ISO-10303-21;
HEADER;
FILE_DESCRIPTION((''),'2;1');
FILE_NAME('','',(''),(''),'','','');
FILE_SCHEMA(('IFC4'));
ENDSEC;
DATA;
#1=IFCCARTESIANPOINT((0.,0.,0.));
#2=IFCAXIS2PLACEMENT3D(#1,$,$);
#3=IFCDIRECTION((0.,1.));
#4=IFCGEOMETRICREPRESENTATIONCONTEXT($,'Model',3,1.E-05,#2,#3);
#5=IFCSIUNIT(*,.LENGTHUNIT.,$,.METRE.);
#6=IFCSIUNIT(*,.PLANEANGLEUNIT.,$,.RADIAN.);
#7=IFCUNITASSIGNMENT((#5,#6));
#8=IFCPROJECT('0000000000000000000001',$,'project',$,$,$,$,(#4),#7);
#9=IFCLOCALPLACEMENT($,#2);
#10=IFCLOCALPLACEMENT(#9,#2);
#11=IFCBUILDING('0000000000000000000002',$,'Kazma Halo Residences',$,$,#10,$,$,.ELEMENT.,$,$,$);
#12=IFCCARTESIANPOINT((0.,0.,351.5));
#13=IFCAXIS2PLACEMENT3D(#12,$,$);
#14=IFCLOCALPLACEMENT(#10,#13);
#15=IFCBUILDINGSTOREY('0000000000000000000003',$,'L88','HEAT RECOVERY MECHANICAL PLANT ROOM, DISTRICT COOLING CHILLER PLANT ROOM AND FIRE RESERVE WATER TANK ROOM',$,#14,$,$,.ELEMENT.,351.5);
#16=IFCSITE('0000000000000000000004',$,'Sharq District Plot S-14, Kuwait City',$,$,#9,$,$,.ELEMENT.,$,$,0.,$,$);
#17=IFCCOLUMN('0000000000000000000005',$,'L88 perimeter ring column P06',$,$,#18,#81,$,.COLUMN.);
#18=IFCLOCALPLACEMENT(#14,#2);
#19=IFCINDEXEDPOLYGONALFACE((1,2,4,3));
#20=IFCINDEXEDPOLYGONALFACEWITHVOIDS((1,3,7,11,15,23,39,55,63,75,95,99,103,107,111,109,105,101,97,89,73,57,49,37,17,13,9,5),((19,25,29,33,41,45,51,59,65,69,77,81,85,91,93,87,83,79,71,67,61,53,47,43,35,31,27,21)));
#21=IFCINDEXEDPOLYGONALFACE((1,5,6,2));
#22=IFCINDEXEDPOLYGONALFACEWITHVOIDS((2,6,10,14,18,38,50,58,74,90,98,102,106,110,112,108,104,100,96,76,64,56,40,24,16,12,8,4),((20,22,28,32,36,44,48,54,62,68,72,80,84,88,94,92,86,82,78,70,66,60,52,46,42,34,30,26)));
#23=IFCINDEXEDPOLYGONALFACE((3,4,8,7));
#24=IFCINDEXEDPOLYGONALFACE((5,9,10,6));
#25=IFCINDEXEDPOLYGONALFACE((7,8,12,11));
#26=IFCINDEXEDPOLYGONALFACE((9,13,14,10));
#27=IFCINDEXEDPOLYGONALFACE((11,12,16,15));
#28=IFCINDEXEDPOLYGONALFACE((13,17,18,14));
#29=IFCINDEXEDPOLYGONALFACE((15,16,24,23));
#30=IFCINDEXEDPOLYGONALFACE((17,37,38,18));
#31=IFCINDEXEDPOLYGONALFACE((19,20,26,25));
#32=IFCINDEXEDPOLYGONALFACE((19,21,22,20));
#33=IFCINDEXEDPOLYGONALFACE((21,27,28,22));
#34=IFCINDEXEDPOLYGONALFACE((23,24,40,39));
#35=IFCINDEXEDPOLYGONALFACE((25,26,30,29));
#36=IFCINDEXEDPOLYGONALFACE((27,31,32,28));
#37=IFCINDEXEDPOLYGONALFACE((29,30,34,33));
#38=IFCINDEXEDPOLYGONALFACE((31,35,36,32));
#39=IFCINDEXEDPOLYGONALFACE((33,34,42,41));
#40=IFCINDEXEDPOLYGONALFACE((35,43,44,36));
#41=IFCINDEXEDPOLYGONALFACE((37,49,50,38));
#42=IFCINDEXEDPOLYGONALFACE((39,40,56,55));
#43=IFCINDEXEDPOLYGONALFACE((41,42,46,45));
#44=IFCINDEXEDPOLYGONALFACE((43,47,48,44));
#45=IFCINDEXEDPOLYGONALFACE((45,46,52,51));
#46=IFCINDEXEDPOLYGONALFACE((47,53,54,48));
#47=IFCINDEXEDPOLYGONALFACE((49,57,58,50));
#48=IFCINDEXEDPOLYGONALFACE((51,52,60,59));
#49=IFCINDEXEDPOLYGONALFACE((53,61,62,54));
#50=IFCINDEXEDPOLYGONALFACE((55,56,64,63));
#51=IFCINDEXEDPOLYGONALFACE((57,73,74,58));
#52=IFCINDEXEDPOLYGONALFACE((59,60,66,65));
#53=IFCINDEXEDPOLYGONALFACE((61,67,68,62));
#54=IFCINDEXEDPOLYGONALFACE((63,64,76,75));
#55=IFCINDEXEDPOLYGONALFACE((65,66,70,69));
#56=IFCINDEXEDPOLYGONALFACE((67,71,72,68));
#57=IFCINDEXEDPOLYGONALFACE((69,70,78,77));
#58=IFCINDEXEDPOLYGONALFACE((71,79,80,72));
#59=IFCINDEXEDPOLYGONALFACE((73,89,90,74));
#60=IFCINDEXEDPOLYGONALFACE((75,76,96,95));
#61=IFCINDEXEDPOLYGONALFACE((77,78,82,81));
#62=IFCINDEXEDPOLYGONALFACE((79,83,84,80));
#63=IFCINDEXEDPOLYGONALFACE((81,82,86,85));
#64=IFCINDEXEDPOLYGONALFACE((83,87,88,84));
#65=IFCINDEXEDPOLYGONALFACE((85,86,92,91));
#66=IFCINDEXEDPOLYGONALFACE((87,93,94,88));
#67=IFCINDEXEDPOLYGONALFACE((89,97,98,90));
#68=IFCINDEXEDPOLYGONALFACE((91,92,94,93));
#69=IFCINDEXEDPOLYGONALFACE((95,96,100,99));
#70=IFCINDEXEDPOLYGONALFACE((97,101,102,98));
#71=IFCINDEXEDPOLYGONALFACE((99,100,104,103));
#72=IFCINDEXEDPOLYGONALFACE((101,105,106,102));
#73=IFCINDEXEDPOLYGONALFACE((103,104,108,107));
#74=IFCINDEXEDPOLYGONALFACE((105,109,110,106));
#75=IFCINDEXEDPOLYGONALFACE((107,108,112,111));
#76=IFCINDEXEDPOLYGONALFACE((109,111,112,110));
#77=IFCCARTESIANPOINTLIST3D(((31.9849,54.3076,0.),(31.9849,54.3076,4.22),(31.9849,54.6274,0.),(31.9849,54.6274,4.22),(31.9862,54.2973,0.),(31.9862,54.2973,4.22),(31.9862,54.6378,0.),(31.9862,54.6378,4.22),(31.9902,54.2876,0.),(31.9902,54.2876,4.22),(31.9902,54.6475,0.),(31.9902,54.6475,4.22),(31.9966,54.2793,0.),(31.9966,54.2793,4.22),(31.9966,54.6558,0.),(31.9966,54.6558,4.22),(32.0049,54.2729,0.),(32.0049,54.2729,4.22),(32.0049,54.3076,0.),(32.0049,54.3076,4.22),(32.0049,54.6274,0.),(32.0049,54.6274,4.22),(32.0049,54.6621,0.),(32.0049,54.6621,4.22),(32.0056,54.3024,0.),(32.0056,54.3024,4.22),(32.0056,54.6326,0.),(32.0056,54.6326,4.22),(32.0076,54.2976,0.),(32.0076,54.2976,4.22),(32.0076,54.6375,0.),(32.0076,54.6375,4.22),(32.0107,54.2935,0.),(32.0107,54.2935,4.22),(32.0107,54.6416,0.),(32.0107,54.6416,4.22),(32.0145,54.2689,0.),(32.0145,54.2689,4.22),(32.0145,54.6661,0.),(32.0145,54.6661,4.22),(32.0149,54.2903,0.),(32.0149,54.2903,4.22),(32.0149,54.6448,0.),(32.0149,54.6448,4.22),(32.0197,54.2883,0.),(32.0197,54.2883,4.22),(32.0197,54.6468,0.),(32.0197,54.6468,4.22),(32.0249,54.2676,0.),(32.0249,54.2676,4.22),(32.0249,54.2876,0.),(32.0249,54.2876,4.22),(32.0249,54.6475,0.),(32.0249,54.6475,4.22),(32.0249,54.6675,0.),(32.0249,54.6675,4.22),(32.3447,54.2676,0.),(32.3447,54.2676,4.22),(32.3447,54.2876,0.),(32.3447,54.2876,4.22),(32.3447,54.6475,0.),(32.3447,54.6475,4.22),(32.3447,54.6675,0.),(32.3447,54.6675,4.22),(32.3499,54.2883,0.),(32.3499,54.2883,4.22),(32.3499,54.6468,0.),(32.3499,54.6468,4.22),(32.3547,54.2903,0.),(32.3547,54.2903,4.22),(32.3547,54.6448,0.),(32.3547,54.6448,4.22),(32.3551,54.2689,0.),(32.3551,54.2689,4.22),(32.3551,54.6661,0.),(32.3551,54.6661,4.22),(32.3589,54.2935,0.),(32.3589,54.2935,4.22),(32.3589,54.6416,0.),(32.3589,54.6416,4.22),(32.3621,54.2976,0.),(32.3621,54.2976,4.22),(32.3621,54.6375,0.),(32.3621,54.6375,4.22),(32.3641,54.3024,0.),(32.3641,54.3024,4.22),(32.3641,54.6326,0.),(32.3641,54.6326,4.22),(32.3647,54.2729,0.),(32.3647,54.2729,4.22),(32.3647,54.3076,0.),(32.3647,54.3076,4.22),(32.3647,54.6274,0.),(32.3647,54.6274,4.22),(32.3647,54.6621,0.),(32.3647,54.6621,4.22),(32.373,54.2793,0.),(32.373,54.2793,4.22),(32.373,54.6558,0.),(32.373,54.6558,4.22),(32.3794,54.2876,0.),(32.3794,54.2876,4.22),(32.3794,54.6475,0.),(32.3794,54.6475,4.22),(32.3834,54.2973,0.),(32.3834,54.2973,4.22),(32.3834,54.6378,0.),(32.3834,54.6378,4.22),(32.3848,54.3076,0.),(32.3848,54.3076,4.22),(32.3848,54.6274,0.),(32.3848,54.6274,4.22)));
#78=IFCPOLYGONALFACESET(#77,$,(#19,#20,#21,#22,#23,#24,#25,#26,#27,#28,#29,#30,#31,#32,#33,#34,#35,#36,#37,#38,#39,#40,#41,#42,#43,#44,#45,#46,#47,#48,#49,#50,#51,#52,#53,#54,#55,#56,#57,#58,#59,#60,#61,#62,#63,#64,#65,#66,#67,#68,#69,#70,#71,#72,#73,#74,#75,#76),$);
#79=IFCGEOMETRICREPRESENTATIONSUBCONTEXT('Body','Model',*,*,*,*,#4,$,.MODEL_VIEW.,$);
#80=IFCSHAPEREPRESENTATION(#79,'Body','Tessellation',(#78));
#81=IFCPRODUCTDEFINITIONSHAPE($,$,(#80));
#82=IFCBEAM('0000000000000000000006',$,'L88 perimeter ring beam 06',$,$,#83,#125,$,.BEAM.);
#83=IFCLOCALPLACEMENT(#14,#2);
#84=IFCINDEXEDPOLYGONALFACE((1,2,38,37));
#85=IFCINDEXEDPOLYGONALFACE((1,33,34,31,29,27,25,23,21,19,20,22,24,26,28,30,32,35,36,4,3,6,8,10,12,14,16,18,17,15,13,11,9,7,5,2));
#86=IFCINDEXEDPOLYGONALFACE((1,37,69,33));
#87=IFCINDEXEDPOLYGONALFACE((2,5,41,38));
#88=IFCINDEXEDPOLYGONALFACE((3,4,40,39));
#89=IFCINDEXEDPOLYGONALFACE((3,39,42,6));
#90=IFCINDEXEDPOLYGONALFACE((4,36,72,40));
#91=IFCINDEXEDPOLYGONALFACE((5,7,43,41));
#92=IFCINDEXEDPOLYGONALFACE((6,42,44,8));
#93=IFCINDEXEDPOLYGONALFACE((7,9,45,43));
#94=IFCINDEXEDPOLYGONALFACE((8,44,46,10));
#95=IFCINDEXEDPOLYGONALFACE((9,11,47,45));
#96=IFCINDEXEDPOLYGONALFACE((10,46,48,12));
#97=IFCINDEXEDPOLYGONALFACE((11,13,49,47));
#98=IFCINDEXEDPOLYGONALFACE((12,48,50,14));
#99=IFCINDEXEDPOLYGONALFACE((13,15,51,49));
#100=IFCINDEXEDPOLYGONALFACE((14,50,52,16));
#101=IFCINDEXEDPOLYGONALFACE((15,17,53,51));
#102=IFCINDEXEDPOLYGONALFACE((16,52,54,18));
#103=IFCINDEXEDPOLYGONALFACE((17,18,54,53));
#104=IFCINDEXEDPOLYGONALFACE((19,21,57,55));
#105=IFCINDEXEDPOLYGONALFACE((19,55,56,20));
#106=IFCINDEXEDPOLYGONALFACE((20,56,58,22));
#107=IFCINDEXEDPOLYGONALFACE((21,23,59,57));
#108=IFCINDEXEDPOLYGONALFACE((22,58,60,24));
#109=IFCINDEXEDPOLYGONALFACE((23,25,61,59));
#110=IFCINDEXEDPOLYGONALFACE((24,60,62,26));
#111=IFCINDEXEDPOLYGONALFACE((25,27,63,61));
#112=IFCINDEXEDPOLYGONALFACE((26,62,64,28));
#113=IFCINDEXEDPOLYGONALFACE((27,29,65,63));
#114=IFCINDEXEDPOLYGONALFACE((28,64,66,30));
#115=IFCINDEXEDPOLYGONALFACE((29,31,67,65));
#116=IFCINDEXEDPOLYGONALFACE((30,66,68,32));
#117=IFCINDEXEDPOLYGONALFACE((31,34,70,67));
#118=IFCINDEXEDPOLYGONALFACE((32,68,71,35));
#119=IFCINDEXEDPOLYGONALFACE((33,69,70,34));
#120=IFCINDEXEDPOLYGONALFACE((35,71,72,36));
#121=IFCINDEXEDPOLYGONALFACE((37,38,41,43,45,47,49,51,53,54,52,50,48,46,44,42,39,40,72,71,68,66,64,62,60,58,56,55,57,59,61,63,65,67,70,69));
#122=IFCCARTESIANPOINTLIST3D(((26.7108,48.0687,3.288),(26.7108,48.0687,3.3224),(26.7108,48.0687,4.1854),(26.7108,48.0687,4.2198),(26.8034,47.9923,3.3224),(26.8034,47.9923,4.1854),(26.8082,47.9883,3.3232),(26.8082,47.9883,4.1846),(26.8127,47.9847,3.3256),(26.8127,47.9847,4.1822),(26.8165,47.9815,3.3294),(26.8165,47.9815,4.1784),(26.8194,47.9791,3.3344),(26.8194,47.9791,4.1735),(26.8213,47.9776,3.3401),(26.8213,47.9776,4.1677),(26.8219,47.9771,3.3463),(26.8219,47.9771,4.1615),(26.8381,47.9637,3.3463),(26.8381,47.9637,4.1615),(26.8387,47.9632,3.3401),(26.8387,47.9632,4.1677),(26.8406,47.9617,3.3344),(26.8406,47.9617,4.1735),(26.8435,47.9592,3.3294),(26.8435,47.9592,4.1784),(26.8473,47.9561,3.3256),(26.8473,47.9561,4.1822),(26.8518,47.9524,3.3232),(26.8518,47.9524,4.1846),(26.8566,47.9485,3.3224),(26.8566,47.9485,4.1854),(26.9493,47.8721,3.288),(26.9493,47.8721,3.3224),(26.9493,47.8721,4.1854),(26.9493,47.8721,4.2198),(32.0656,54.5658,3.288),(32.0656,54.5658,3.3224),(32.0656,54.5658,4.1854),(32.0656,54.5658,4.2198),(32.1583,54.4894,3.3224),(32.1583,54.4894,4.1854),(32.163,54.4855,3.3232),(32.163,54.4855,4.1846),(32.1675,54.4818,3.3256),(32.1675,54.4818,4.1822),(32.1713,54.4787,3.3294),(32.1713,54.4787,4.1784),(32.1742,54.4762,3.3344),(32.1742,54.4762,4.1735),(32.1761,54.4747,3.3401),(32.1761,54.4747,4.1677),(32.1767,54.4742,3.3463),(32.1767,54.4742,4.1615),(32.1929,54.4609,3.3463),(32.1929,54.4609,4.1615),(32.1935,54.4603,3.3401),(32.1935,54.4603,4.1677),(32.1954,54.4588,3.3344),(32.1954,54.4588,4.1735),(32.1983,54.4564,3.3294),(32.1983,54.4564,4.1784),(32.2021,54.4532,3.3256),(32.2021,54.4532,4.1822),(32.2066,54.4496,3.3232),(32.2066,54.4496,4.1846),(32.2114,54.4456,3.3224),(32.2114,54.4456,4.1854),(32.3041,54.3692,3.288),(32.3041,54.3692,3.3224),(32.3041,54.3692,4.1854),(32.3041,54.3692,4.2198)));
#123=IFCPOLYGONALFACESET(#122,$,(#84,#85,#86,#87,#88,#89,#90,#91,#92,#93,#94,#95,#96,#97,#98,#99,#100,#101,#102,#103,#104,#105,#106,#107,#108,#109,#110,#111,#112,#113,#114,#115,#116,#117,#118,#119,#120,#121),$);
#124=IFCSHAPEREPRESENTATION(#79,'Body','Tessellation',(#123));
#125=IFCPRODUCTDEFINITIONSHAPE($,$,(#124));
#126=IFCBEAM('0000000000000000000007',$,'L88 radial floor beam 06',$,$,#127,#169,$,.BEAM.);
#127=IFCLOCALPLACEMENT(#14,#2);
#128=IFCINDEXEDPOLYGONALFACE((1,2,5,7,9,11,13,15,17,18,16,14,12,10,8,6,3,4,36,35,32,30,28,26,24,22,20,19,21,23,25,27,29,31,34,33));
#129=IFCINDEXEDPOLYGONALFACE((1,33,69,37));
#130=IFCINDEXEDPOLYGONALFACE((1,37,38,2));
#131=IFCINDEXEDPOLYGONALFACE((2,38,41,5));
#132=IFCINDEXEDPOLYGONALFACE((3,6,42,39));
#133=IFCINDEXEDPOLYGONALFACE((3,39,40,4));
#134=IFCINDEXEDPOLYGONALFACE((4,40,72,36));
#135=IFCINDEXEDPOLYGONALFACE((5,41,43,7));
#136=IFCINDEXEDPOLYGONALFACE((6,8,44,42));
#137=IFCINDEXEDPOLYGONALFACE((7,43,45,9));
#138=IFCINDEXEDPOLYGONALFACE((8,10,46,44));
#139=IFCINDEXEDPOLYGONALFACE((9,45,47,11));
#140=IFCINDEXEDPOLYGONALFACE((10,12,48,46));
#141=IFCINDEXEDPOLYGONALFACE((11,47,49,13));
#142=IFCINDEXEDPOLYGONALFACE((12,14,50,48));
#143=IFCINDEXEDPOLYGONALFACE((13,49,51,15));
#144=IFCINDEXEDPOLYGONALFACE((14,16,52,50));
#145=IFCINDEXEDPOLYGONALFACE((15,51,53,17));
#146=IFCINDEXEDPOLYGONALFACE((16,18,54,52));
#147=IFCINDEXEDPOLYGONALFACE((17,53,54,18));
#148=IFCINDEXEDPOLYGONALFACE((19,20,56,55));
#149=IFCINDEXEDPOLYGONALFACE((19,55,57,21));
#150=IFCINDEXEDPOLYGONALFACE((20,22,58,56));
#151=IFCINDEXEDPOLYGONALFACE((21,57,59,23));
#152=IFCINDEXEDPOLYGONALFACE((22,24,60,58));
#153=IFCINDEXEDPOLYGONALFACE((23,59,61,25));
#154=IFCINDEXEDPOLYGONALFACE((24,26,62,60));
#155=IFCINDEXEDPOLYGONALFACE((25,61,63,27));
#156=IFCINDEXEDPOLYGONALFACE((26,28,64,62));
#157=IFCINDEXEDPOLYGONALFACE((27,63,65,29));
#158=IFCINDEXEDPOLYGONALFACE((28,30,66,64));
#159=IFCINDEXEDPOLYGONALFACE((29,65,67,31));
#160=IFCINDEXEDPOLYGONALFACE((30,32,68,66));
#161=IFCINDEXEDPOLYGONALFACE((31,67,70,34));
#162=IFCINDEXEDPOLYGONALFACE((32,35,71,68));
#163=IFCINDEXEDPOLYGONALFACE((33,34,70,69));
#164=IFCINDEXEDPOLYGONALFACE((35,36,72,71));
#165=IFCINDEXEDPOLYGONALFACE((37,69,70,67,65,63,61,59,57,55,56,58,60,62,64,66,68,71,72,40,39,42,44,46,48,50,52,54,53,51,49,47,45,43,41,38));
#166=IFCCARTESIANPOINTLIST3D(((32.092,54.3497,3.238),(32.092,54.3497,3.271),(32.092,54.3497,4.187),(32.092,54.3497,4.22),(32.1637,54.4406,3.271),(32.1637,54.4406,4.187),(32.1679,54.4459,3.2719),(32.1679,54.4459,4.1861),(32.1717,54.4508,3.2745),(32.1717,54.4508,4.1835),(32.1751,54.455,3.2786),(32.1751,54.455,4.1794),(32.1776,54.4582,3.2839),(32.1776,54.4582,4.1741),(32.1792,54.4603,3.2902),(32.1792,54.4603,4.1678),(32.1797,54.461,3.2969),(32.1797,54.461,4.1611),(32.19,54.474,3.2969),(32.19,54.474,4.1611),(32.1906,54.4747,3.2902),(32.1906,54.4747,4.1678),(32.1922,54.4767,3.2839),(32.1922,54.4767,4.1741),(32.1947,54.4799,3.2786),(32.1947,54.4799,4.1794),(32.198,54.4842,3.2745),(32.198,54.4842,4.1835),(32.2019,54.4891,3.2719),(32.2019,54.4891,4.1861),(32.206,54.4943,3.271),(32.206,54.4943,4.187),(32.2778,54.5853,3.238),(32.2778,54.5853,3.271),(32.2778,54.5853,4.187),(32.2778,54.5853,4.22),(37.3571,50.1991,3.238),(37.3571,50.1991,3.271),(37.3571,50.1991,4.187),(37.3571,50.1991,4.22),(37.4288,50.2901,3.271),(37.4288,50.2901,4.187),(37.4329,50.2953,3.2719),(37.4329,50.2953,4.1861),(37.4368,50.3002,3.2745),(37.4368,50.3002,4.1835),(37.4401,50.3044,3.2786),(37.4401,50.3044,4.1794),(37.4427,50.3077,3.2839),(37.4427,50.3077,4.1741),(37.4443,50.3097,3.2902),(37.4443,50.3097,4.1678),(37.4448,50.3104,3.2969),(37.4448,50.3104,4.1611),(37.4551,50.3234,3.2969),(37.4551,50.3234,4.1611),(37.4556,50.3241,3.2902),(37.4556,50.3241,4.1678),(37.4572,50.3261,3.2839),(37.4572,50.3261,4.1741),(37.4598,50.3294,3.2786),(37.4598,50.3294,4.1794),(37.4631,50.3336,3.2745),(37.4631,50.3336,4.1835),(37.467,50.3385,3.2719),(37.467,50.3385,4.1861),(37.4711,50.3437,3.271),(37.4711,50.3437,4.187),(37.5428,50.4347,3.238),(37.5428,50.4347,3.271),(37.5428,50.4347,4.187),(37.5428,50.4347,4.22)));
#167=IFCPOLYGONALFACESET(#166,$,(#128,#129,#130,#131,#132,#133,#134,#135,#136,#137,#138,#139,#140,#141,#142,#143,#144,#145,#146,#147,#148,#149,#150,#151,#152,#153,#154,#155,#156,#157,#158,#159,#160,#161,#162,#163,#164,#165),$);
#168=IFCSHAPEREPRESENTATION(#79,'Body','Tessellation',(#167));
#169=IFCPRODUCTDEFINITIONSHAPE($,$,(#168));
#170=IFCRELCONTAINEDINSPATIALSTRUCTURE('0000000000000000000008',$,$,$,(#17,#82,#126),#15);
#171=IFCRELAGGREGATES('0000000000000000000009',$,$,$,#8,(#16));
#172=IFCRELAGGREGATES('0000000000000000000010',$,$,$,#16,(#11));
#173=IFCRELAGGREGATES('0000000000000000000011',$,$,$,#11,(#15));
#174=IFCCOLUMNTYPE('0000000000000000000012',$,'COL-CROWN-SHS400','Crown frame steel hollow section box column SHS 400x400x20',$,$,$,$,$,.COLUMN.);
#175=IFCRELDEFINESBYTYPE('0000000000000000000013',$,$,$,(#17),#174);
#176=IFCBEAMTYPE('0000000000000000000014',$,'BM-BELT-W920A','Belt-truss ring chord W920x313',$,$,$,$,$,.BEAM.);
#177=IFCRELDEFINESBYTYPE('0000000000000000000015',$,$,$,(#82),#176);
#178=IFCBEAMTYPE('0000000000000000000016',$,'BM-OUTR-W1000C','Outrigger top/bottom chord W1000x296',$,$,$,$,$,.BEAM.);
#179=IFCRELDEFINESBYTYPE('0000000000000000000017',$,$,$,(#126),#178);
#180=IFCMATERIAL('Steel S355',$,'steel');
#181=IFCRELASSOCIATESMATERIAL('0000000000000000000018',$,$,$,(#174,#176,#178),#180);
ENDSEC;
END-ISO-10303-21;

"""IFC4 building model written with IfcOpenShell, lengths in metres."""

from ifc_helpers import new_model, si_unit, direction, frame, origin, origin_2d, place, context, subcontext, project, spatial, hollow_rectangle, i_section, extrude, material, material_profile, profile_set, type_object, element, save


model = new_model("IFC4")

# Units and contexts
model_context = context("Model", 3, precision=1e-05, world=origin(), true_north=direction((0.0, 1.0)))
body_context = subcontext(model_context, "Body", "Model", "MODEL_VIEW")
ifc_project = project(units=[si_unit("LENGTHUNIT", "METRE"), si_unit("PLANEANGLEUNIT", "RADIAN")], contexts=[model_context])

# Site, building, storey
site_placement = place(None, origin())
site = spatial("IfcSite", under=ifc_project, at=site_placement, Name="Sharq District Plot S-14, Kuwait City", CompositionType="ELEMENT", RefElevation=0.0)
building_placement = place(site_placement, origin())
building = spatial("IfcBuilding", under=site, at=building_placement, Name="Kazma Halo Residences", CompositionType="ELEMENT")
storey_placement = place(building_placement, frame((0.0, 0.0, 351.5)))
storey = spatial("IfcBuildingStorey", under=building, at=storey_placement, Name="L88", Description="HEAT RECOVERY MECHANICAL PLANT ROOM, DISTRICT COOLING CHILLER PLANT ROOM AND FIRE RESERVE WATER TANK ROOM", CompositionType="ELEMENT", Elevation=351.5)

# Column
ifc_material_1 = material(Name="Steel S355", Category="steel")
ifc_material_profile_1 = material_profile(ifc_material_1, hollow_rectangle(XDim=0.3999, YDim=0.3999, WallThickness=0.02, InnerFilletRadius=0.02, OuterFilletRadius=0.04, at=origin_2d()), Name="SHS400x400x20")
ifc_profile_set_1 = profile_set([ifc_material_profile_1], Name="Steel S355")
column_type = type_object("IfcColumnType", Name="COL-CROWN-SHS400", Description="Crown frame steel hollow section box column SHS 400x400x20", PredefinedType="COLUMN", material=ifc_profile_set_1)
column_placement = place(storey_placement, frame((32.1848, 54.4675, 0.0), z_axis=(0.0, 0.0, 1.0), x_axis=(1.0, 0.0, 0.0)))
element("IfcColumn", 1, at=column_placement, inside=storey, type_object=column_type, Name="L88 perimeter ring column P06", PredefinedType="COLUMN", context=body_context, shape_type="SweptSolid", body=[
    extrude(hollow_rectangle(XDim=0.3999, YDim=0.3999, WallThickness=0.02, InnerFilletRadius=0.02, OuterFilletRadius=0.04, at=origin_2d()), origin(), (0.0, 0.0, 1.0), 4.22),
])

# Beams
ifc_material_profile_2 = material_profile(ifc_material_1, i_section(OverallWidth=0.3091, OverallDepth=0.9319, WebThickness=0.021, FlangeThickness=0.0344, FilletRadius=0.0239, at=origin_2d()), Name="W920x313")
ifc_profile_set_2 = profile_set([ifc_material_profile_2], Name="Steel S355")
beam_type_1 = type_object("IfcBeamType", Name="BM-BELT-W920A", Description="Belt-truss ring chord W920x313", PredefinedType="BEAM", material=ifc_profile_set_2)
beam_1_placement = place(storey_placement, frame((32.1848, 54.4675, 3.7539), z_axis=(-0.636005, -0.771685, 0.0), x_axis=(0.771685, -0.636005, 0.0)))
element("IfcBeam", 2, at=beam_1_placement, inside=storey, type_object=beam_type_1, Name="L88 perimeter ring beam 06", PredefinedType="BEAM", context=body_context, shape_type="SweptSolid", body=[
    extrude(i_section(OverallWidth=0.3091, OverallDepth=0.9319, WebThickness=0.021, FlangeThickness=0.0344, FilletRadius=0.0239, at=origin_2d()), origin(), (0.0, 0.0, 1.0), 8.4194),
])
ifc_material_profile_3 = material_profile(ifc_material_1, i_section(OverallWidth=0.3, OverallDepth=0.9819, WebThickness=0.0166, FlangeThickness=0.033, FilletRadius=0.0259, at=origin_2d()), Name="W1000x296")
ifc_profile_set_3 = profile_set([ifc_material_profile_3], Name="Steel S355")
beam_type_2 = type_object("IfcBeamType", Name="BM-OUTR-W1000C", Description="Outrigger top/bottom chord W1000x296", PredefinedType="BEAM", material=ifc_profile_set_3)
beam_2_placement = place(storey_placement, frame((37.45, 50.3169, 3.729), z_axis=(-0.785322, 0.619088, 0.0), x_axis=(-0.619088, -0.785322, 0.0)))
element("IfcBeam", 3, at=beam_2_placement, inside=storey, type_object=beam_type_2, Name="L88 radial floor beam 06", PredefinedType="BEAM", context=body_context, shape_type="SweptSolid", body=[
    extrude(i_section(OverallWidth=0.3, OverallDepth=0.9819, WebThickness=0.0166, FlangeThickness=0.033, FilletRadius=0.0259, at=origin_2d()), origin(), (0.0, 0.0, 1.0), 6.7043),
])

save(model, "model.ifc")
